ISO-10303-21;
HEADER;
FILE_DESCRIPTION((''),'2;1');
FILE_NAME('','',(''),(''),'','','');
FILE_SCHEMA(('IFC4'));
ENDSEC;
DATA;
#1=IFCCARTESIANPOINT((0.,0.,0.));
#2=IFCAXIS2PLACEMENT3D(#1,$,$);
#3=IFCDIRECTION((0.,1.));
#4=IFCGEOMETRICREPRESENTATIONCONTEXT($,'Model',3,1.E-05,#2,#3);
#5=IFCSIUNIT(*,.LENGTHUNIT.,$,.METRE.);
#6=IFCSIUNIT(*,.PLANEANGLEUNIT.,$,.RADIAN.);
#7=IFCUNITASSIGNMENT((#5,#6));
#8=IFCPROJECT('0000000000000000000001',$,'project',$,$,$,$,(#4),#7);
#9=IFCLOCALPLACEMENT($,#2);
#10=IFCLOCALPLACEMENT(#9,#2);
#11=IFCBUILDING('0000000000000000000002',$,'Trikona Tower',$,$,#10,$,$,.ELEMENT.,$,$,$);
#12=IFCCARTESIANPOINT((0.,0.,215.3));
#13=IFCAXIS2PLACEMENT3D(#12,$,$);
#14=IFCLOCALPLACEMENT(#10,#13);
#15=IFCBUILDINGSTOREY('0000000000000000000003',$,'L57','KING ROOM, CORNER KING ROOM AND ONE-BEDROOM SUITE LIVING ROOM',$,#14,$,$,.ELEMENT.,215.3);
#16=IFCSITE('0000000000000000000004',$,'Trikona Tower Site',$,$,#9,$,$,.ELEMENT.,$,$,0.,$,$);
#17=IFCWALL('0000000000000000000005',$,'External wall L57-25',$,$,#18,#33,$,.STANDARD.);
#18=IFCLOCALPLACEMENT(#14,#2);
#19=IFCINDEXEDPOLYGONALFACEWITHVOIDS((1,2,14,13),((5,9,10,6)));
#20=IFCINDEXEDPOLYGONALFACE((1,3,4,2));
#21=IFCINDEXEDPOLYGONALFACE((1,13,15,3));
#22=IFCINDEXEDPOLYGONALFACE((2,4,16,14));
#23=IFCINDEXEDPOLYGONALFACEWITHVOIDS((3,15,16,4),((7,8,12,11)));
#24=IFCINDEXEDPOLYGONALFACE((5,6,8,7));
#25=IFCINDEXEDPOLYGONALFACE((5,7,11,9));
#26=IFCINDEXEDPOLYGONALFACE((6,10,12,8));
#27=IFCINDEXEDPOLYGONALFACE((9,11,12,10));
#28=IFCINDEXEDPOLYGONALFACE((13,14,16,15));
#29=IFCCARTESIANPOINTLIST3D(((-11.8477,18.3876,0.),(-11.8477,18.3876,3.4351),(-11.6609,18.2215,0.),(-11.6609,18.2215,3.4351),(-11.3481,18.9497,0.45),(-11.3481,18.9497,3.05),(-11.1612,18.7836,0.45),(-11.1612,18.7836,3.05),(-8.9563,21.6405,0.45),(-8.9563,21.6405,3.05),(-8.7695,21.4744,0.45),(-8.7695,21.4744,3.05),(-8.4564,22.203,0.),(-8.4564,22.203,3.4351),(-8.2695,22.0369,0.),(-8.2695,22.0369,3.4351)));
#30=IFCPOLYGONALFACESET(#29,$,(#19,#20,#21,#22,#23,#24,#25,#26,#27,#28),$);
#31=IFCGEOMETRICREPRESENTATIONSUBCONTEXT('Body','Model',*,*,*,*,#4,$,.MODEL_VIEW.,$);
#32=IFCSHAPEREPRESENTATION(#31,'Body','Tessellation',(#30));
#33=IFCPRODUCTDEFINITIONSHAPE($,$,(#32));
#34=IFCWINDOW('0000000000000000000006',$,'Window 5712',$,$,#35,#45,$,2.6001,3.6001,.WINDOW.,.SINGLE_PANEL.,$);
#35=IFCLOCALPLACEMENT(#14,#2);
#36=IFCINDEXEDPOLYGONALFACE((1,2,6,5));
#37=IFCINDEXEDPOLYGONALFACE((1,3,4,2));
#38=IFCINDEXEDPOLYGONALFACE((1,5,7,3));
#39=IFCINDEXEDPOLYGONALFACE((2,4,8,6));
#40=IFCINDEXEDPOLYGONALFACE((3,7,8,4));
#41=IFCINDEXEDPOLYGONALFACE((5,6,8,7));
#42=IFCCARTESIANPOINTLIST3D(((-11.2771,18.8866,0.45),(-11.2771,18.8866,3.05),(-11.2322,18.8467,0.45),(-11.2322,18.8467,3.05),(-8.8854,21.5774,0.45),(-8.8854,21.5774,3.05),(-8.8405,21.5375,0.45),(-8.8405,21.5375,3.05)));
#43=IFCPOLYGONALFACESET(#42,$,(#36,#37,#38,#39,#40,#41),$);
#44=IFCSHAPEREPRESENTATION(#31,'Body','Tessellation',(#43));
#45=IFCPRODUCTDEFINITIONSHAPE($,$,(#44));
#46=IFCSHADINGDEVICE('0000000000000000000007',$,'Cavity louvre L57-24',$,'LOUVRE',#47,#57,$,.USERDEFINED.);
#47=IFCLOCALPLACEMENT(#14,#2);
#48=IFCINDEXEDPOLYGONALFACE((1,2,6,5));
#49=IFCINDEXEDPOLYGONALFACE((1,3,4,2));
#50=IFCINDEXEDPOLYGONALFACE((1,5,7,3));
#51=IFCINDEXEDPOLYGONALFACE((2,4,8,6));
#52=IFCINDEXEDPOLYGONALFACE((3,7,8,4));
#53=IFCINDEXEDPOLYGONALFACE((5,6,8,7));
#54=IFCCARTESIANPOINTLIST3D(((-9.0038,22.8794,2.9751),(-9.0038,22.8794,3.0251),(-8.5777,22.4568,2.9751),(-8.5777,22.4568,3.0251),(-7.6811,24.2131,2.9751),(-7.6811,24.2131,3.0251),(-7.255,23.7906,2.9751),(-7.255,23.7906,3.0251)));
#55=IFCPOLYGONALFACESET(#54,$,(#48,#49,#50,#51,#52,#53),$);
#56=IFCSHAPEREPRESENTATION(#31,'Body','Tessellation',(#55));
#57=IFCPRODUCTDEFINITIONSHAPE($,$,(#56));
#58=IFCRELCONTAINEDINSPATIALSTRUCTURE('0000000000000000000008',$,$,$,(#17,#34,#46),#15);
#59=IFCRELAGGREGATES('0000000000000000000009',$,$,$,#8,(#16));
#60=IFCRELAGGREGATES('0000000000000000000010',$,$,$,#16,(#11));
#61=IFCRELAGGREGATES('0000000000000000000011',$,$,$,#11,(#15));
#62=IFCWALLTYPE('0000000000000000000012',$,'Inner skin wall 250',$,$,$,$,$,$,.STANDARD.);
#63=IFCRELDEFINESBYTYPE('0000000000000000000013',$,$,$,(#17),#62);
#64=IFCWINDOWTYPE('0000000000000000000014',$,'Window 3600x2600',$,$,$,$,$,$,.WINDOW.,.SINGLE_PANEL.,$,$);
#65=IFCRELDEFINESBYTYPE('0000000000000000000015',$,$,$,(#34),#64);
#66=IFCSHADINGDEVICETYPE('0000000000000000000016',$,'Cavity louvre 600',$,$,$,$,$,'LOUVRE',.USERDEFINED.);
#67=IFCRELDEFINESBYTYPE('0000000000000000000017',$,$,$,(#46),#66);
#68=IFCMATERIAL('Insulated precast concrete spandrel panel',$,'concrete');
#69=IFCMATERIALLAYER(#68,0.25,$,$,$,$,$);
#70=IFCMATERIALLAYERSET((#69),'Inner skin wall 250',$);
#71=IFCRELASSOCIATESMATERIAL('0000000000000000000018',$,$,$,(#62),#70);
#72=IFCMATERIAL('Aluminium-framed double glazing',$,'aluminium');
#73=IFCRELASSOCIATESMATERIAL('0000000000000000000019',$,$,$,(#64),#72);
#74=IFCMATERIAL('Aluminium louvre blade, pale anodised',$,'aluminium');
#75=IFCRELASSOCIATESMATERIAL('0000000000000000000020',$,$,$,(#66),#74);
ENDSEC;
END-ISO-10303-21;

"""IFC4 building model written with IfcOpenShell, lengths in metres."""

from ifc_helpers import new_model, si_unit, direction, frame, frame_2d, origin, origin_2d, place, context, subcontext, project, spatial, rectangle, extrude, material, layer, layer_set, type_object, element, fill, save


model = new_model("IFC4")

# Units and contexts
model_context = context("Model", 3, precision=1e-05, world=origin(), true_north=direction((0.0, 1.0)))
body_context = subcontext(model_context, "Body", "Model", "MODEL_VIEW")
ifc_project = project(units=[si_unit("LENGTHUNIT", "METRE"), si_unit("PLANEANGLEUNIT", "RADIAN")], contexts=[model_context])

# Site, building, storey
site_placement = place(None, origin())
site = spatial("IfcSite", under=ifc_project, at=site_placement, Name="Trikona Tower Site", CompositionType="ELEMENT", RefElevation=0.0)
building_placement = place(site_placement, origin())
building = spatial("IfcBuilding", under=site, at=building_placement, Name="Trikona Tower", CompositionType="ELEMENT")
storey_placement = place(building_placement, frame((0.0, 0.0, 215.3)))
storey = spatial("IfcBuildingStorey", under=building, at=storey_placement, Name="L57", Description="KING ROOM, CORNER KING ROOM AND ONE-BEDROOM SUITE LIVING ROOM", CompositionType="ELEMENT", Elevation=215.3)

# Shared definitions
ifc_material_1 = material(Name="Insulated precast concrete spandrel panel", Category="concrete")
ifc_layer_1 = layer(ifc_material_1, 0.25)
ifc_layer_set_1 = layer_set([ifc_layer_1], Name="Inner skin wall 250")
wall_type_1 = type_object("IfcWallType", Name="Inner skin wall 250", PredefinedType="STANDARD", material=ifc_layer_set_1)

# Wall, opening, window
wall_1_placement = place(storey_placement, frame((-8.363, 22.1199, 0.0), z_axis=(0.0, 0.0, 1.0), x_axis=(-0.664349, -0.747423, 0.0)))
wall_1 = element("IfcWall", 1, at=wall_1_placement, inside=storey, type_object=wall_type_1, Name="External wall L57-25", PredefinedType="STANDARD", context=body_context, shape_type="SweptSolid", body=[
    extrude(rectangle(XDim=5.1047, YDim=0.25, at=frame_2d((2.5522, 0.0))), origin(), (0.0, 0.0, 1.0), 3.4351),
])
opening_1_placement = place(wall_1_placement, frame((0.7524, 0.0, 0.45)))
opening_1 = element("IfcOpeningElement", 2, at=opening_1_placement, cuts=wall_1, PredefinedType="OPENING", context=body_context, shape_type="SweptSolid", body=[
    extrude(rectangle(XDim=3.6001, YDim=2.6001, at=frame_2d((1.8, 1.3))), frame((0.0, 0.135, 0.0), z_axis=(0.0, -1.0, 0.0), x_axis=(1.0, 0.0, 0.0)), (0.0, 0.0, 1.0), 0.27),
])
ifc_material_2 = material(Name="Aluminium-framed double glazing", Category="aluminium")
window_type_1 = type_object("IfcWindowType", Name="Window 3600x2600", PartitioningType="SINGLE_PANEL", PredefinedType="WINDOW", material=ifc_material_2)
window_1_placement = place(opening_1_placement, origin())
window_1 = element("IfcWindow", 3, at=window_1_placement, inside=storey, type_object=window_type_1, Name="Window 5712", OverallHeight=2.6001, OverallWidth=3.6001, PartitioningType="SINGLE_PANEL", PredefinedType="WINDOW", context=body_context, shape_type="SweptSolid", body=[
    extrude(rectangle(XDim=3.6001, YDim=2.6001, at=frame_2d((1.8, 1.3))), frame((0.0, 0.03, 0.0), z_axis=(0.0, -1.0, 0.0), x_axis=(1.0, 0.0, 0.0)), (0.0, 0.0, 1.0), 0.0601),
])
fill(opening_1, window_1)

# Shading device
ifc_material_3 = material(Name="Aluminium louvre blade, pale anodised", Category="aluminium")
shading_device_type = type_object("IfcShadingDeviceType", Name="Cavity louvre 600", ElementType="LOUVRE", PredefinedType="USERDEFINED", material=ifc_material_3)
shading_device_placement = place(storey_placement, frame((-8.1294, 23.335, 2.9751), z_axis=(0.0, 0.0, 1.0), x_axis=(-0.704151, -0.71005, 0.0)))
element("IfcShadingDevice", 4, at=shading_device_placement, inside=storey, type_object=shading_device_type, Name="Cavity louvre L57-24", ObjectType="LOUVRE", PredefinedType="USERDEFINED", context=body_context, shape_type="SweptSolid", body=[
    extrude(rectangle(XDim=1.8784, YDim=0.6001, at=origin_2d()), origin(), (0.0, 0.0, 1.0), 0.05),
])

save(model, "model.ifc")
